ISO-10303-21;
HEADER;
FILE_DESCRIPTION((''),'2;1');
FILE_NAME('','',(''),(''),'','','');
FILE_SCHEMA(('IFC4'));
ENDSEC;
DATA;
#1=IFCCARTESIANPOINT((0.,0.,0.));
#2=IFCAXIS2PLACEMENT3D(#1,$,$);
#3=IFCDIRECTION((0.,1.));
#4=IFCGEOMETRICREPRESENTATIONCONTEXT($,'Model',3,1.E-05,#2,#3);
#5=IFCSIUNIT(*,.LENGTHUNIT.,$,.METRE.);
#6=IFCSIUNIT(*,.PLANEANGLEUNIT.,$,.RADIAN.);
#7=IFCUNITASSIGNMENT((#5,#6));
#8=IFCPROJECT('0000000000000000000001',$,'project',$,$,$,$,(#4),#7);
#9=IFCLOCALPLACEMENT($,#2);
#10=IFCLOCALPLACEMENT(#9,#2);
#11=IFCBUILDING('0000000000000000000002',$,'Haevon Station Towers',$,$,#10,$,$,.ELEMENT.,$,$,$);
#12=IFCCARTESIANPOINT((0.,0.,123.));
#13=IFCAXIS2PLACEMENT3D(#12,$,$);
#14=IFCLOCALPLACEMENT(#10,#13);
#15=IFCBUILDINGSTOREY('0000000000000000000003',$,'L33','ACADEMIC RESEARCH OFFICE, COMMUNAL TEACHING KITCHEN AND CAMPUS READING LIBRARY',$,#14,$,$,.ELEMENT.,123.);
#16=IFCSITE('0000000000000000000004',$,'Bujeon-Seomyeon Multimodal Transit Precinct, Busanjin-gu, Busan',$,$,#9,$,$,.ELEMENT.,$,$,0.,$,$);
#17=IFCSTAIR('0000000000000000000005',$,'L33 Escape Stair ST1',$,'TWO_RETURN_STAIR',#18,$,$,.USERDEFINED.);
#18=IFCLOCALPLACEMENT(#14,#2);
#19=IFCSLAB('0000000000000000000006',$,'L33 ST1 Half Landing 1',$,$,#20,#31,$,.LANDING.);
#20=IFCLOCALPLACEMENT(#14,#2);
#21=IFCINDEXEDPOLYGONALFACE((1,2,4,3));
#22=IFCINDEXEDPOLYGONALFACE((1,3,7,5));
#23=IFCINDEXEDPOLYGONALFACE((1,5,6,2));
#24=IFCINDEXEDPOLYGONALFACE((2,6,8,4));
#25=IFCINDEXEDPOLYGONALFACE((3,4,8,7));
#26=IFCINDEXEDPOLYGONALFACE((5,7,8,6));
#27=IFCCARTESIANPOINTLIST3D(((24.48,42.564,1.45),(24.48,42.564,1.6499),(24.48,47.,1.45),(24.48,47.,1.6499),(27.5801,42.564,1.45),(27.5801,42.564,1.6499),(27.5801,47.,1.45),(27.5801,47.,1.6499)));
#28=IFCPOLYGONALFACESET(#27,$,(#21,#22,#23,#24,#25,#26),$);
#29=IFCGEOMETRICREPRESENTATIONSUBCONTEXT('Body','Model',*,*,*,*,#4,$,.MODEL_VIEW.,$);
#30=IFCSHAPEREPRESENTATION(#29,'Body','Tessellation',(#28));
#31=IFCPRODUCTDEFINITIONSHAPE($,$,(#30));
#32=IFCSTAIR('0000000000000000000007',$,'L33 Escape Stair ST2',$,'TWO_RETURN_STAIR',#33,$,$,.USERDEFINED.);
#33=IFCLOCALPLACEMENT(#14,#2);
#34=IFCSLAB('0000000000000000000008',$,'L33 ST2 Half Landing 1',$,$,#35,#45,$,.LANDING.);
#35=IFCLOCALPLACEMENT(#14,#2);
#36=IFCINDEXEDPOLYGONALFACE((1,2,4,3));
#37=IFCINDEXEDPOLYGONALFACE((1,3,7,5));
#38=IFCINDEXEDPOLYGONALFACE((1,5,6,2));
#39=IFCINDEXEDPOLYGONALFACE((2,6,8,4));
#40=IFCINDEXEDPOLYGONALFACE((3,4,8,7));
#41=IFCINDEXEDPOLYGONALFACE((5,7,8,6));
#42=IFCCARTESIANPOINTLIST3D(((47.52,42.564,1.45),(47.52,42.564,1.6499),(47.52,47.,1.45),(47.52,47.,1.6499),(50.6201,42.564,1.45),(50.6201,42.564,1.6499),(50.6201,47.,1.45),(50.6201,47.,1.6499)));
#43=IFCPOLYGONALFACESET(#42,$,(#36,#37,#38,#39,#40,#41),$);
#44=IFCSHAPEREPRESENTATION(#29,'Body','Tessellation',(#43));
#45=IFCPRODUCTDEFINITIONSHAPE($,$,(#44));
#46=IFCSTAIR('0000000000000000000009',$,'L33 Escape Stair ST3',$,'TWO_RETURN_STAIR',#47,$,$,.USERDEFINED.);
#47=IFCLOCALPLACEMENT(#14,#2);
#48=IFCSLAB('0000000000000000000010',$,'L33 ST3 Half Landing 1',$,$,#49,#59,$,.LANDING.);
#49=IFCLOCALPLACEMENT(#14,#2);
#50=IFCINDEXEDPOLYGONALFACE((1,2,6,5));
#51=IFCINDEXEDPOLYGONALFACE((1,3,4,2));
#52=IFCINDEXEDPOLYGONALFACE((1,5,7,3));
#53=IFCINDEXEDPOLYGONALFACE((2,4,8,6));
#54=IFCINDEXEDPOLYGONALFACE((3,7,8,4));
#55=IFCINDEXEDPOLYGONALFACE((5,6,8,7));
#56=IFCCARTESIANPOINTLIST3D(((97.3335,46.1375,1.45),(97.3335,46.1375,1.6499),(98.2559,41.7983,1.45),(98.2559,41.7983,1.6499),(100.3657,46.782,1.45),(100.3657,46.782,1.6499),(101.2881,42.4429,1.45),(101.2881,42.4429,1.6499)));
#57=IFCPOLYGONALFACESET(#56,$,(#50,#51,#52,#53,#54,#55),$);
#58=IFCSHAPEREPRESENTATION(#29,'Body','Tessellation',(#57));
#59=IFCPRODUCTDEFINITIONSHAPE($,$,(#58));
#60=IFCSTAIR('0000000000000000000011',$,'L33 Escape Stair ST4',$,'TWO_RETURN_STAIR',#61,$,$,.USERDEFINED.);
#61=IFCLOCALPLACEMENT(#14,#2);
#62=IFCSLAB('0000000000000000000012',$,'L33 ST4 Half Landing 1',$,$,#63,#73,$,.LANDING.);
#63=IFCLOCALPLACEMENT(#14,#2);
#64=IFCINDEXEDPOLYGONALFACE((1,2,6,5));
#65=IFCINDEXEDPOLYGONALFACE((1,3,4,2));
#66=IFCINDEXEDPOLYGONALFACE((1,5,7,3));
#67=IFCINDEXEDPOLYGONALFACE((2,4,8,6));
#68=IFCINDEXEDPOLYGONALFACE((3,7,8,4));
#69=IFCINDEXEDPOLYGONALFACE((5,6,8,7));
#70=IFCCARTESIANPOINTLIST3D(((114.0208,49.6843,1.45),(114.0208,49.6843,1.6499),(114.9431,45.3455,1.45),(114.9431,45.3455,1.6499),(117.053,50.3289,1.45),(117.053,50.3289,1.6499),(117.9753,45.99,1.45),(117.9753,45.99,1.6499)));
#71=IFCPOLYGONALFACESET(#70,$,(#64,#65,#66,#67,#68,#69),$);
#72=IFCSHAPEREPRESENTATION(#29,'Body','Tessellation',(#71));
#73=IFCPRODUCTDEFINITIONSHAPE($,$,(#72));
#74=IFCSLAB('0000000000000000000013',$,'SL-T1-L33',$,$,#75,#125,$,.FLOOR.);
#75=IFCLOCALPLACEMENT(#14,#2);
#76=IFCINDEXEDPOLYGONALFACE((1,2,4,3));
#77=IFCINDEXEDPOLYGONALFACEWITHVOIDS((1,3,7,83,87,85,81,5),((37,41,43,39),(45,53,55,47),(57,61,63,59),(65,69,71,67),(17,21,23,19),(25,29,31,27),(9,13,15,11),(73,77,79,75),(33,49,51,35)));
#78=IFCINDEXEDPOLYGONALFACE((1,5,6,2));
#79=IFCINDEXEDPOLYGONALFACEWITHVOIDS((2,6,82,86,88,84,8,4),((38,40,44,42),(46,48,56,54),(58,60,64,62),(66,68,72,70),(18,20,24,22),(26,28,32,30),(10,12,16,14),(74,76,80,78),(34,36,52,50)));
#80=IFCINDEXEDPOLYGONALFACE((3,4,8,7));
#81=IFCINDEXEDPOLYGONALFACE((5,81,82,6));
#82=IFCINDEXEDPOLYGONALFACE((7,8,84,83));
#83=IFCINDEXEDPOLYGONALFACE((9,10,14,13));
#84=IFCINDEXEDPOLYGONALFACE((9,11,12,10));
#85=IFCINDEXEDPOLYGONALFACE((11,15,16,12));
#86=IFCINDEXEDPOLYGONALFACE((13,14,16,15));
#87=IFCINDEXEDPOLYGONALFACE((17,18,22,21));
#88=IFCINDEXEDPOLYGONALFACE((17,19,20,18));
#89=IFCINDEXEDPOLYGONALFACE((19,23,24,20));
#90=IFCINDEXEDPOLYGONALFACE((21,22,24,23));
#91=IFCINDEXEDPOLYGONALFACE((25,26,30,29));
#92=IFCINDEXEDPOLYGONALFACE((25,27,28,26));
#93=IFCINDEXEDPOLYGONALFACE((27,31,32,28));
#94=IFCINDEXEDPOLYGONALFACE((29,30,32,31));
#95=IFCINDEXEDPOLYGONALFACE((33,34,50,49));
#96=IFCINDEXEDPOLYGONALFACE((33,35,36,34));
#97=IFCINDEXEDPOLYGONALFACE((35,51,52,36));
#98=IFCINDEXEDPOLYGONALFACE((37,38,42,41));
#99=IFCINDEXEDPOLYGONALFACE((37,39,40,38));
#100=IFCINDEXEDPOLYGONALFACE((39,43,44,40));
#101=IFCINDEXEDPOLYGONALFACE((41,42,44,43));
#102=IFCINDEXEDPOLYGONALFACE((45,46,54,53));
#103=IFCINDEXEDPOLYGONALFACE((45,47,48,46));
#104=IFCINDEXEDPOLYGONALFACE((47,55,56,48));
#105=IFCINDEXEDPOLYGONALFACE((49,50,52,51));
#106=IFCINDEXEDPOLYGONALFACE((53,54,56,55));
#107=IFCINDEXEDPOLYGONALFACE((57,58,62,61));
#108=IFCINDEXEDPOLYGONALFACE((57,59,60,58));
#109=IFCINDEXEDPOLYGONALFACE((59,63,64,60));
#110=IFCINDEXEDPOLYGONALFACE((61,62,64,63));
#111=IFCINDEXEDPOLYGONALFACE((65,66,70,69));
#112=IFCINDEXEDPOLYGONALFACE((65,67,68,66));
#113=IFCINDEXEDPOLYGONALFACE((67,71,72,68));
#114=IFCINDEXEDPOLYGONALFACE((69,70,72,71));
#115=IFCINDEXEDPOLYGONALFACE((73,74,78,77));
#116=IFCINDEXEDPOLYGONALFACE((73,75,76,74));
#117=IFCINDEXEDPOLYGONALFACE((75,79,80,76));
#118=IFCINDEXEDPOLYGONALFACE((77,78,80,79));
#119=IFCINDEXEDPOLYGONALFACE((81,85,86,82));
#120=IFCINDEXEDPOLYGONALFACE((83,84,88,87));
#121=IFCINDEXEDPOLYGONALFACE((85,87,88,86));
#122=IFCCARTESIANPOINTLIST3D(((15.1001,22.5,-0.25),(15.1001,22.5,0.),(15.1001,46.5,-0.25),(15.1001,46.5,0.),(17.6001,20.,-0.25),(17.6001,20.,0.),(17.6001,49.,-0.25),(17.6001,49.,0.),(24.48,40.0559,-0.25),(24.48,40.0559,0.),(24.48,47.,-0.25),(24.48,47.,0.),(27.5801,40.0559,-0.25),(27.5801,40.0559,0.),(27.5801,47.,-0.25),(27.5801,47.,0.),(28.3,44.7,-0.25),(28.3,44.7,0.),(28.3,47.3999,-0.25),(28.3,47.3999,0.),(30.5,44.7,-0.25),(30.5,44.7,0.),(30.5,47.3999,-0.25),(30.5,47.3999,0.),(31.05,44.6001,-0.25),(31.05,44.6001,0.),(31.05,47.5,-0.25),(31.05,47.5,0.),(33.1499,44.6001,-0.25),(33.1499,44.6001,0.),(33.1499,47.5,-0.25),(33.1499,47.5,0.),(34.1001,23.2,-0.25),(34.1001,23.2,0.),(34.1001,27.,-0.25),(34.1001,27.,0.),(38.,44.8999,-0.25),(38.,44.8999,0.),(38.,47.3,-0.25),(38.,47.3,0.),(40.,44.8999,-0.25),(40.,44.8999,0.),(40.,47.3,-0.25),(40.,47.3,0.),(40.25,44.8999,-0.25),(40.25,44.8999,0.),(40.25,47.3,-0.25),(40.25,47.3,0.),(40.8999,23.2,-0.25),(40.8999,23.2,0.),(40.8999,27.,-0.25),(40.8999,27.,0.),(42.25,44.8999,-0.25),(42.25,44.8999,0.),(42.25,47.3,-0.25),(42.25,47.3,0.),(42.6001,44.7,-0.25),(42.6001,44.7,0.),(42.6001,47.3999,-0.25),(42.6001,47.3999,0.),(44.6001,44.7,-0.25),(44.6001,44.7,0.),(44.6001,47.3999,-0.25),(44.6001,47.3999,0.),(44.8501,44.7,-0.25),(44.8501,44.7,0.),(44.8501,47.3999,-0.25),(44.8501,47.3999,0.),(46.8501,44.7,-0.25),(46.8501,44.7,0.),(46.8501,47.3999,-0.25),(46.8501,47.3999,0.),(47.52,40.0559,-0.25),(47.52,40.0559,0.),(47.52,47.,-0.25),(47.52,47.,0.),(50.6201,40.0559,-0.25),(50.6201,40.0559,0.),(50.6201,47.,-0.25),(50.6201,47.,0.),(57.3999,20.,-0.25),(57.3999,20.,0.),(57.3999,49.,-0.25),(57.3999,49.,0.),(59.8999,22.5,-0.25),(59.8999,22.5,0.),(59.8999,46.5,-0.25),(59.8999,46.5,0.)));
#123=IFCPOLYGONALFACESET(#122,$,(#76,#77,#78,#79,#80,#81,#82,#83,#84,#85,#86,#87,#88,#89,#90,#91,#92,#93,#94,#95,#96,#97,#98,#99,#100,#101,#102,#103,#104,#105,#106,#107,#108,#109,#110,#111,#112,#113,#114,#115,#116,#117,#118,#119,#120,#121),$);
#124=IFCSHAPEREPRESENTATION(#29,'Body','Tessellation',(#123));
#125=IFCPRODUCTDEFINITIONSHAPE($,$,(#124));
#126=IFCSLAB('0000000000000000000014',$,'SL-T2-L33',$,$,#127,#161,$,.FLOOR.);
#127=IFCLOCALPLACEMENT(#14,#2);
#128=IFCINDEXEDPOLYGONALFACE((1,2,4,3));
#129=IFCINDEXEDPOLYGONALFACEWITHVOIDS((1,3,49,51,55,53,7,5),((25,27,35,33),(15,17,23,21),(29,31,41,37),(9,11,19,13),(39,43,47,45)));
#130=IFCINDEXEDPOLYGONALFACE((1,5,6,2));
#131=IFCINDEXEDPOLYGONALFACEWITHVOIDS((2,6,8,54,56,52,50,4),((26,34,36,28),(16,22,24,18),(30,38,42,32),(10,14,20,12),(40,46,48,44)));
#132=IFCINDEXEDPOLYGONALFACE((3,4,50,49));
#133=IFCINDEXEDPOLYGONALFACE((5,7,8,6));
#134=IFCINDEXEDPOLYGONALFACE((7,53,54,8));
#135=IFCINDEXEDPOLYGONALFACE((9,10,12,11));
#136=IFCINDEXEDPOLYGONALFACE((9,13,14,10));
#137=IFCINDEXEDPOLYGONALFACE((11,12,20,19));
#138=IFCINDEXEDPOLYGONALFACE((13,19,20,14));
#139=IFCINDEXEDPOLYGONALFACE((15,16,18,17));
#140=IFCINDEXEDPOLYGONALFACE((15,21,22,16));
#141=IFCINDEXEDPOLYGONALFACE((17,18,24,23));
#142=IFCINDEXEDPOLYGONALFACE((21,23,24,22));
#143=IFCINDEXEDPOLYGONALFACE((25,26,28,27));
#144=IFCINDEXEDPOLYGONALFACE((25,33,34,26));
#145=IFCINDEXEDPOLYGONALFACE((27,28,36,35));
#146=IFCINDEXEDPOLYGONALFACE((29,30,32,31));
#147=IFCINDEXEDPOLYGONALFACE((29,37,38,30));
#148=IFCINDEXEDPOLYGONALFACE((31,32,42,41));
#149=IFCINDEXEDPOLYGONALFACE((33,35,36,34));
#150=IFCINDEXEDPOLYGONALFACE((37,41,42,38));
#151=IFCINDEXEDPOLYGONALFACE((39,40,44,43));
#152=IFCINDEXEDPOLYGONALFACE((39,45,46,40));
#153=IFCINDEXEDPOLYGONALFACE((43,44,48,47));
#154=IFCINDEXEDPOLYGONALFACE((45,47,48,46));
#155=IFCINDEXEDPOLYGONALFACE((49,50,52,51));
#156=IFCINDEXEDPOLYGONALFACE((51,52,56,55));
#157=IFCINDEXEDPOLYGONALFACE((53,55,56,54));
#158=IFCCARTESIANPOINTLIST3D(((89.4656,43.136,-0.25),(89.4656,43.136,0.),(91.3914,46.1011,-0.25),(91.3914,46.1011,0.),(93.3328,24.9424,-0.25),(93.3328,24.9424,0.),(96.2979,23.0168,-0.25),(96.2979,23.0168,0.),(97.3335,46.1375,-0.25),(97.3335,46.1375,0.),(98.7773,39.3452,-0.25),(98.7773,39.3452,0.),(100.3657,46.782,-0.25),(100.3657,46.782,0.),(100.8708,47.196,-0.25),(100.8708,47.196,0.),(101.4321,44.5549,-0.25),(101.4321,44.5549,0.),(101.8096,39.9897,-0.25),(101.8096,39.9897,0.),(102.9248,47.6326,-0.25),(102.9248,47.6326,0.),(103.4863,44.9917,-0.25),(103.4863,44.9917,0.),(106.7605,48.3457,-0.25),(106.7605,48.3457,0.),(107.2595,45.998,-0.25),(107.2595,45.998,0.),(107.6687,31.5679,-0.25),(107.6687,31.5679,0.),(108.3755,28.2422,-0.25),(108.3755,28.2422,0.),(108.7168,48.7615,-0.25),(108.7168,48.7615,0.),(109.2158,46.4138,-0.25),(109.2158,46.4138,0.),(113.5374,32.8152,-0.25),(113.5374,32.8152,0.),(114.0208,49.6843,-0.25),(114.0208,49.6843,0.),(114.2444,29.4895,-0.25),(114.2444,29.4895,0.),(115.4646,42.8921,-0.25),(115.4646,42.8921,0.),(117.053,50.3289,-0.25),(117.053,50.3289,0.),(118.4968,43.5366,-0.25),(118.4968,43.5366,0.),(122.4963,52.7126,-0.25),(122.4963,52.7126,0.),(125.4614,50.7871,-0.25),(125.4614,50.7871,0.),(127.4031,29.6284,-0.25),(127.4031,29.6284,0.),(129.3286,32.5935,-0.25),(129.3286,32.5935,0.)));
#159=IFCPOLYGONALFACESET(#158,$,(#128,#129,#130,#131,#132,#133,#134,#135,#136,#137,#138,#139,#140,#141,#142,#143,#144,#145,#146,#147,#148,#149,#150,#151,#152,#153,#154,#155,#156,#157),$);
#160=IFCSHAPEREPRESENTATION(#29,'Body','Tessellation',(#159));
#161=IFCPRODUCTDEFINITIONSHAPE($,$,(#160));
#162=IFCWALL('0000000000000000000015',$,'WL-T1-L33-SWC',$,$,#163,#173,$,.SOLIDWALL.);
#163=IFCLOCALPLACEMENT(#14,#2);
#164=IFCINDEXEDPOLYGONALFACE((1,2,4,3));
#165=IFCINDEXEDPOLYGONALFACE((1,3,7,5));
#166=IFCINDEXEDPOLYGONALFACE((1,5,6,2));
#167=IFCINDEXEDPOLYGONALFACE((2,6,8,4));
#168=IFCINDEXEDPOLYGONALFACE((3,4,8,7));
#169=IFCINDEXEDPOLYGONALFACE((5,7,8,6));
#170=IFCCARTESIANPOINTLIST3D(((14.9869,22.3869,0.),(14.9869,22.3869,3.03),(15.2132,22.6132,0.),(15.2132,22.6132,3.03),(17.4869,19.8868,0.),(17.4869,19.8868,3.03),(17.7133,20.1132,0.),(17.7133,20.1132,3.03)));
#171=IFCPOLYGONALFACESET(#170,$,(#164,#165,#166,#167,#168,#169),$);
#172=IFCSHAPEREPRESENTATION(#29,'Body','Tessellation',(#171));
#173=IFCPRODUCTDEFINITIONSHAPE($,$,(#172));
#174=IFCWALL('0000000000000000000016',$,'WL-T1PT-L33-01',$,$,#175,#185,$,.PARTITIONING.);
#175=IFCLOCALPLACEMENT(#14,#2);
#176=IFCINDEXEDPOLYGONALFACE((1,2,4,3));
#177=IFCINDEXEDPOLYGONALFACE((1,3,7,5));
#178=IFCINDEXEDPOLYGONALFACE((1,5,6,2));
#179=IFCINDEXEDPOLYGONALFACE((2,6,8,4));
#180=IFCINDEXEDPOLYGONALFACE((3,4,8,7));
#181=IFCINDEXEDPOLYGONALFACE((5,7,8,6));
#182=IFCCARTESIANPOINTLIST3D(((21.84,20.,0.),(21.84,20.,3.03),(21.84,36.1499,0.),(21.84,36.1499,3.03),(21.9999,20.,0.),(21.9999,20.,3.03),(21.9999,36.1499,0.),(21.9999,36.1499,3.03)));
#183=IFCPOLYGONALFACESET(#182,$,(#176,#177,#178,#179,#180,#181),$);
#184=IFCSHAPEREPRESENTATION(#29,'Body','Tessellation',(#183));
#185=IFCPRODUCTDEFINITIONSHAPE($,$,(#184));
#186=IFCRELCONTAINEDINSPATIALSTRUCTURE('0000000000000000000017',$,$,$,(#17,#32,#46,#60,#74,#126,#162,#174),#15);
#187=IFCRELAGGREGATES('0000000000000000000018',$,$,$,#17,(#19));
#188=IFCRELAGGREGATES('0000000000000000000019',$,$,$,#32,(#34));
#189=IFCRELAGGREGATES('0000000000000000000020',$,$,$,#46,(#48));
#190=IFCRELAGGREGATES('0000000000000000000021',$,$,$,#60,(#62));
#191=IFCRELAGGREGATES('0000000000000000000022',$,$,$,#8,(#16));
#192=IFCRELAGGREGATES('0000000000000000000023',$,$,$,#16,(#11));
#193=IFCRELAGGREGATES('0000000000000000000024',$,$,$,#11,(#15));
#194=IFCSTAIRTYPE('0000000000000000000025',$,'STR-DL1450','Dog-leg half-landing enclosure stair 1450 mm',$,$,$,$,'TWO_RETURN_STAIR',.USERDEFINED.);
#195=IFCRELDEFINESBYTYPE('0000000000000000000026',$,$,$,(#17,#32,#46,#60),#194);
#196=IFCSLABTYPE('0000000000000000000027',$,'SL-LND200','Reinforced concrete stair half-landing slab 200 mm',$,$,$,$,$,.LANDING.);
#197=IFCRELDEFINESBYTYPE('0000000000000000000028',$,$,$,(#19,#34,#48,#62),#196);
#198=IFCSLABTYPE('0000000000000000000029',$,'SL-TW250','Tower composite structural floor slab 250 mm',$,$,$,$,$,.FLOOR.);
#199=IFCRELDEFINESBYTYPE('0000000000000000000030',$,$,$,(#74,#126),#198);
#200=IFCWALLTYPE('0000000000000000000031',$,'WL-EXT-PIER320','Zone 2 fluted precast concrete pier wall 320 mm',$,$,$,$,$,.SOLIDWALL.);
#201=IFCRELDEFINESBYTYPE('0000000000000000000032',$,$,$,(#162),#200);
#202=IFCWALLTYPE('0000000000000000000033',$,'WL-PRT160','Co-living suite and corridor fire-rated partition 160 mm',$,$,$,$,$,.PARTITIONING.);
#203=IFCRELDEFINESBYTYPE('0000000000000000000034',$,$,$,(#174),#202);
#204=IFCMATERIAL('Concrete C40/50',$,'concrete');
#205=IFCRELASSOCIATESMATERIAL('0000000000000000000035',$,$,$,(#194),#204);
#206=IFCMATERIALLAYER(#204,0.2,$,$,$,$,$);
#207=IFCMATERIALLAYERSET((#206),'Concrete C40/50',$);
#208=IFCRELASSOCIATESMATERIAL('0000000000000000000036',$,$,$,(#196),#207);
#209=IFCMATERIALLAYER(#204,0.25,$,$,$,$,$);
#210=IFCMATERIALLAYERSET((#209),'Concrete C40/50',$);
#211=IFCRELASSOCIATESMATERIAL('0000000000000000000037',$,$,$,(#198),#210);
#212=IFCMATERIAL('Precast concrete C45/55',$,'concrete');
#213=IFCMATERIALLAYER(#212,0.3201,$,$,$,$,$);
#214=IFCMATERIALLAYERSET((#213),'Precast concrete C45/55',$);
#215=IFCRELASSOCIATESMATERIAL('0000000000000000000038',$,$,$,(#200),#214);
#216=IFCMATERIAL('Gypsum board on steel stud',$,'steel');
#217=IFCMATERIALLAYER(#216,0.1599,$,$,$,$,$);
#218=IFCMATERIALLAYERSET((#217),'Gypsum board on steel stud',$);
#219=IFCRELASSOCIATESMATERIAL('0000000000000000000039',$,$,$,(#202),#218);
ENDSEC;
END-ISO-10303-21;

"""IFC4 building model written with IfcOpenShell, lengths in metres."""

from ifc_helpers import new_model, si_unit, direction, frame, frame_2d, origin, place, context, subcontext, project, spatial, polyline, rectangle, outline, extrude, material, layer, layer_set, type_object, element, aggregate, save


model = new_model("IFC4")

# Units and contexts
model_context = context("Model", 3, precision=1e-05, world=origin(), true_north=direction((0.0, 1.0)))
body_context = subcontext(model_context, "Body", "Model", "MODEL_VIEW")
ifc_project = project(units=[si_unit("LENGTHUNIT", "METRE"), si_unit("PLANEANGLEUNIT", "RADIAN")], contexts=[model_context])

# Site, building, storey
site_placement = place(None, origin())
site = spatial("IfcSite", under=ifc_project, at=site_placement, Name="Bujeon-Seomyeon Multimodal Transit Precinct, Busanjin-gu, Busan", CompositionType="ELEMENT", RefElevation=0.0)
building_placement = place(site_placement, origin())
building = spatial("IfcBuilding", under=site, at=building_placement, Name="Haevon Station Towers", CompositionType="ELEMENT")
storey_placement = place(building_placement, frame((0.0, 0.0, 123.0)))
storey = spatial("IfcBuildingStorey", under=building, at=storey_placement, Name="L33", Description="ACADEMIC RESEARCH OFFICE, COMMUNAL TEACHING KITCHEN AND CAMPUS READING LIBRARY", CompositionType="ELEMENT", Elevation=123.0)

# Shared definitions
ifc_material_1 = material(Name="Concrete C40/50", Category="concrete")

# Stairs, slabs
stair_type = type_object("IfcStairType", Name="STR-DL1450", Description="Dog-leg half-landing enclosure stair 1450 mm", ElementType="TWO_RETURN_STAIR", PredefinedType="USERDEFINED", material=ifc_material_1)
stair_1_placement = place(storey_placement, origin())
stair_1 = element("IfcStair", 1, at=stair_1_placement, inside=storey, type_object=stair_type, Name="L33 Escape Stair ST1", ObjectType="TWO_RETURN_STAIR", PredefinedType="USERDEFINED")
ifc_layer_1 = layer(ifc_material_1, 0.2)
ifc_layer_set_1 = layer_set([ifc_layer_1], Name="Concrete C40/50")
slab_type_1 = type_object("IfcSlabType", Name="SL-LND200", Description="Reinforced concrete stair half-landing slab 200 mm", PredefinedType="LANDING", material=ifc_layer_set_1)
slab_1_placement = place(storey_placement, frame((0.0, 0.0, 1.45)))
slab_1 = element("IfcSlab", 2, at=slab_1_placement, type_object=slab_type_1, Name="L33 ST1 Half Landing 1", PredefinedType="LANDING", context=body_context, shape_type="SweptSolid", body=[
    extrude(outline(polyline([(27.5801, 42.564), (27.5801, 47.0), (24.48, 47.0), (24.48, 42.564), (27.5801, 42.564)])), origin(), (0.0, 0.0, 1.0), 0.2),
])
aggregate(stair_1, [slab_1])
stair_2_placement = place(storey_placement, origin())
stair_2 = element("IfcStair", 3, at=stair_2_placement, inside=storey, type_object=stair_type, Name="L33 Escape Stair ST2", ObjectType="TWO_RETURN_STAIR", PredefinedType="USERDEFINED")
slab_2_placement = place(storey_placement, frame((0.0, 0.0, 1.45)))
slab_2 = element("IfcSlab", 4, at=slab_2_placement, type_object=slab_type_1, Name="L33 ST2 Half Landing 1", PredefinedType="LANDING", context=body_context, shape_type="SweptSolid", body=[
    extrude(outline(polyline([(50.6201, 42.564), (50.6201, 47.0), (47.52, 47.0), (47.52, 42.564), (50.6201, 42.564)])), origin(), (0.0, 0.0, 1.0), 0.2),
])
aggregate(stair_2, [slab_2])
stair_3_placement = place(storey_placement, origin())
stair_3 = element("IfcStair", 5, at=stair_3_placement, inside=storey, type_object=stair_type, Name="L33 Escape Stair ST3", ObjectType="TWO_RETURN_STAIR", PredefinedType="USERDEFINED")
slab_3_placement = place(storey_placement, frame((0.0, 0.0, 1.45)))
slab_3 = element("IfcSlab", 6, at=slab_3_placement, type_object=slab_type_1, Name="L33 ST3 Half Landing 1", PredefinedType="LANDING", context=body_context, shape_type="SweptSolid", body=[
    extrude(outline(polyline([(101.2881, 42.4429), (100.3657, 46.782), (97.3335, 46.1375), (98.2559, 41.7983), (101.2881, 42.4429)])), origin(), (0.0, 0.0, 1.0), 0.2),
])
aggregate(stair_3, [slab_3])
stair_4_placement = place(storey_placement, origin())
stair_4 = element("IfcStair", 7, at=stair_4_placement, inside=storey, type_object=stair_type, Name="L33 Escape Stair ST4", ObjectType="TWO_RETURN_STAIR", PredefinedType="USERDEFINED")
slab_4_placement = place(storey_placement, frame((0.0, 0.0, 1.45)))
slab_4 = element("IfcSlab", 8, at=slab_4_placement, type_object=slab_type_1, Name="L33 ST4 Half Landing 1", PredefinedType="LANDING", context=body_context, shape_type="SweptSolid", body=[
    extrude(outline(polyline([(117.9753, 45.99), (117.053, 50.3289), (114.0208, 49.6843), (114.9431, 45.3455), (117.9753, 45.99)])), origin(), (0.0, 0.0, 1.0), 0.2),
])
aggregate(stair_4, [slab_4])

# Slabs
ifc_layer_2 = layer(ifc_material_1, 0.25)
ifc_layer_set_2 = layer_set([ifc_layer_2], Name="Concrete C40/50")
slab_type_2 = type_object("IfcSlabType", Name="SL-TW250", Description="Tower composite structural floor slab 250 mm", PredefinedType="FLOOR", material=ifc_layer_set_2)
slab_5_placement = place(storey_placement, frame((0.0, 0.0, -0.25)))
element("IfcSlab", 9, at=slab_5_placement, inside=storey, type_object=slab_type_2, Name="SL-T1-L33", PredefinedType="FLOOR", context=body_context, shape_type="SweptSolid", body=[
    extrude(outline(polyline([(17.6001, 20.0), (57.3999, 20.0), (59.8999, 22.5), (59.8999, 46.5), (57.3999, 49.0), (17.6001, 49.0), (15.1001, 46.5), (15.1001, 22.5), (17.6001, 20.0)]), holes=[polyline([(27.5801, 40.0559), (27.5801, 47.0), (24.48, 47.0), (24.48, 40.0559), (27.5801, 40.0559)]), polyline([(50.6201, 40.0559), (50.6201, 47.0), (47.52, 47.0), (47.52, 40.0559), (50.6201, 40.0559)]), polyline([(28.3, 44.7), (30.5, 44.7), (30.5, 47.3999), (28.3, 47.3999), (28.3, 44.7)]), polyline([(31.05, 44.6001), (33.1499, 44.6001), (33.1499, 47.5), (31.05, 47.5), (31.05, 44.6001)]), polyline([(38.0, 44.8999), (40.0, 44.8999), (40.0, 47.3), (38.0, 47.3), (38.0, 44.8999)]), polyline([(40.25, 44.8999), (42.25, 44.8999), (42.25, 47.3), (40.25, 47.3), (40.25, 44.8999)]), polyline([(42.6001, 44.7), (44.6001, 44.7), (44.6001, 47.3999), (42.6001, 47.3999), (42.6001, 44.7)]), polyline([(44.8501, 44.7), (46.8501, 44.7), (46.8501, 47.3999), (44.8501, 47.3999), (44.8501, 44.7)]), polyline([(34.1001, 23.2), (40.8999, 23.2), (40.8999, 27.0), (34.1001, 27.0), (34.1001, 23.2)])]), origin(), (0.0, 0.0, 1.0), 0.25),
])
slab_6_placement = place(storey_placement, frame((0.0, 0.0, -0.25)))
element("IfcSlab", 10, at=slab_6_placement, inside=storey, type_object=slab_type_2, Name="SL-T2-L33", PredefinedType="FLOOR", context=body_context, shape_type="SweptSolid", body=[
    extrude(outline(polyline([(96.2979, 23.0168), (127.4031, 29.6284), (129.3286, 32.5935), (125.4614, 50.7871), (122.4963, 52.7126), (91.3914, 46.1011), (89.4656, 43.136), (93.3328, 24.9424), (96.2979, 23.0168)]), holes=[polyline([(101.8096, 39.9897), (100.3657, 46.782), (97.3335, 46.1375), (98.7773, 39.3452), (101.8096, 39.9897)]), polyline([(118.4968, 43.5366), (117.053, 50.3289), (114.0208, 49.6843), (115.4646, 42.8921), (118.4968, 43.5366)]), polyline([(101.4321, 44.5549), (103.4863, 44.9917), (102.9248, 47.6326), (100.8708, 47.196), (101.4321, 44.5549)]), polyline([(107.2595, 45.998), (109.2158, 46.4138), (108.7168, 48.7615), (106.7605, 48.3457), (107.2595, 45.998)]), polyline([(108.3755, 28.2422), (114.2444, 29.4895), (113.5374, 32.8152), (107.6687, 31.5679), (108.3755, 28.2422)])]), origin(), (0.0, 0.0, 1.0), 0.25),
])

# Walls
ifc_material_2 = material(Name="Precast concrete C45/55", Category="concrete")
ifc_layer_3 = layer(ifc_material_2, 0.3201)
ifc_layer_set_3 = layer_set([ifc_layer_3], Name="Precast concrete C45/55")
wall_type_1 = type_object("IfcWallType", Name="WL-EXT-PIER320", Description="Zone 2 fluted precast concrete pier wall 320 mm", PredefinedType="SOLIDWALL", material=ifc_layer_set_3)
wall_1_placement = place(storey_placement, frame((17.6001, 20.0, 0.0), z_axis=(0.0, 0.0, 1.0), x_axis=(-0.707107, 0.707107, 0.0)))
element("IfcWall", 11, at=wall_1_placement, inside=storey, type_object=wall_type_1, Name="WL-T1-L33-SWC", PredefinedType="SOLIDWALL", context=body_context, shape_type="SweptSolid", body=[
    extrude(rectangle(XDim=3.5356, YDim=0.3201, at=frame_2d((1.7678, 0.0))), origin(), (0.0, 0.0, 1.0), 3.03),
])
ifc_material_3 = material(Name="Gypsum board on steel stud", Category="steel")
ifc_layer_4 = layer(ifc_material_3, 0.1599)
ifc_layer_set_4 = layer_set([ifc_layer_4], Name="Gypsum board on steel stud")
wall_type_2 = type_object("IfcWallType", Name="WL-PRT160", Description="Co-living suite and corridor fire-rated partition 160 mm", PredefinedType="PARTITIONING", material=ifc_layer_set_4)
wall_2_placement = place(storey_placement, frame((21.9199, 20.0, 0.0), z_axis=(0.0, 0.0, 1.0), x_axis=(0.0, 1.0, 0.0)))
element("IfcWall", 12, at=wall_2_placement, inside=storey, type_object=wall_type_2, Name="WL-T1PT-L33-01", PredefinedType="PARTITIONING", context=body_context, shape_type="SweptSolid", body=[
    extrude(rectangle(XDim=16.1499, YDim=0.1599, at=frame_2d((8.075, 0.0))), origin(), (0.0, 0.0, 1.0), 3.03),
])

save(model, "model.ifc")
